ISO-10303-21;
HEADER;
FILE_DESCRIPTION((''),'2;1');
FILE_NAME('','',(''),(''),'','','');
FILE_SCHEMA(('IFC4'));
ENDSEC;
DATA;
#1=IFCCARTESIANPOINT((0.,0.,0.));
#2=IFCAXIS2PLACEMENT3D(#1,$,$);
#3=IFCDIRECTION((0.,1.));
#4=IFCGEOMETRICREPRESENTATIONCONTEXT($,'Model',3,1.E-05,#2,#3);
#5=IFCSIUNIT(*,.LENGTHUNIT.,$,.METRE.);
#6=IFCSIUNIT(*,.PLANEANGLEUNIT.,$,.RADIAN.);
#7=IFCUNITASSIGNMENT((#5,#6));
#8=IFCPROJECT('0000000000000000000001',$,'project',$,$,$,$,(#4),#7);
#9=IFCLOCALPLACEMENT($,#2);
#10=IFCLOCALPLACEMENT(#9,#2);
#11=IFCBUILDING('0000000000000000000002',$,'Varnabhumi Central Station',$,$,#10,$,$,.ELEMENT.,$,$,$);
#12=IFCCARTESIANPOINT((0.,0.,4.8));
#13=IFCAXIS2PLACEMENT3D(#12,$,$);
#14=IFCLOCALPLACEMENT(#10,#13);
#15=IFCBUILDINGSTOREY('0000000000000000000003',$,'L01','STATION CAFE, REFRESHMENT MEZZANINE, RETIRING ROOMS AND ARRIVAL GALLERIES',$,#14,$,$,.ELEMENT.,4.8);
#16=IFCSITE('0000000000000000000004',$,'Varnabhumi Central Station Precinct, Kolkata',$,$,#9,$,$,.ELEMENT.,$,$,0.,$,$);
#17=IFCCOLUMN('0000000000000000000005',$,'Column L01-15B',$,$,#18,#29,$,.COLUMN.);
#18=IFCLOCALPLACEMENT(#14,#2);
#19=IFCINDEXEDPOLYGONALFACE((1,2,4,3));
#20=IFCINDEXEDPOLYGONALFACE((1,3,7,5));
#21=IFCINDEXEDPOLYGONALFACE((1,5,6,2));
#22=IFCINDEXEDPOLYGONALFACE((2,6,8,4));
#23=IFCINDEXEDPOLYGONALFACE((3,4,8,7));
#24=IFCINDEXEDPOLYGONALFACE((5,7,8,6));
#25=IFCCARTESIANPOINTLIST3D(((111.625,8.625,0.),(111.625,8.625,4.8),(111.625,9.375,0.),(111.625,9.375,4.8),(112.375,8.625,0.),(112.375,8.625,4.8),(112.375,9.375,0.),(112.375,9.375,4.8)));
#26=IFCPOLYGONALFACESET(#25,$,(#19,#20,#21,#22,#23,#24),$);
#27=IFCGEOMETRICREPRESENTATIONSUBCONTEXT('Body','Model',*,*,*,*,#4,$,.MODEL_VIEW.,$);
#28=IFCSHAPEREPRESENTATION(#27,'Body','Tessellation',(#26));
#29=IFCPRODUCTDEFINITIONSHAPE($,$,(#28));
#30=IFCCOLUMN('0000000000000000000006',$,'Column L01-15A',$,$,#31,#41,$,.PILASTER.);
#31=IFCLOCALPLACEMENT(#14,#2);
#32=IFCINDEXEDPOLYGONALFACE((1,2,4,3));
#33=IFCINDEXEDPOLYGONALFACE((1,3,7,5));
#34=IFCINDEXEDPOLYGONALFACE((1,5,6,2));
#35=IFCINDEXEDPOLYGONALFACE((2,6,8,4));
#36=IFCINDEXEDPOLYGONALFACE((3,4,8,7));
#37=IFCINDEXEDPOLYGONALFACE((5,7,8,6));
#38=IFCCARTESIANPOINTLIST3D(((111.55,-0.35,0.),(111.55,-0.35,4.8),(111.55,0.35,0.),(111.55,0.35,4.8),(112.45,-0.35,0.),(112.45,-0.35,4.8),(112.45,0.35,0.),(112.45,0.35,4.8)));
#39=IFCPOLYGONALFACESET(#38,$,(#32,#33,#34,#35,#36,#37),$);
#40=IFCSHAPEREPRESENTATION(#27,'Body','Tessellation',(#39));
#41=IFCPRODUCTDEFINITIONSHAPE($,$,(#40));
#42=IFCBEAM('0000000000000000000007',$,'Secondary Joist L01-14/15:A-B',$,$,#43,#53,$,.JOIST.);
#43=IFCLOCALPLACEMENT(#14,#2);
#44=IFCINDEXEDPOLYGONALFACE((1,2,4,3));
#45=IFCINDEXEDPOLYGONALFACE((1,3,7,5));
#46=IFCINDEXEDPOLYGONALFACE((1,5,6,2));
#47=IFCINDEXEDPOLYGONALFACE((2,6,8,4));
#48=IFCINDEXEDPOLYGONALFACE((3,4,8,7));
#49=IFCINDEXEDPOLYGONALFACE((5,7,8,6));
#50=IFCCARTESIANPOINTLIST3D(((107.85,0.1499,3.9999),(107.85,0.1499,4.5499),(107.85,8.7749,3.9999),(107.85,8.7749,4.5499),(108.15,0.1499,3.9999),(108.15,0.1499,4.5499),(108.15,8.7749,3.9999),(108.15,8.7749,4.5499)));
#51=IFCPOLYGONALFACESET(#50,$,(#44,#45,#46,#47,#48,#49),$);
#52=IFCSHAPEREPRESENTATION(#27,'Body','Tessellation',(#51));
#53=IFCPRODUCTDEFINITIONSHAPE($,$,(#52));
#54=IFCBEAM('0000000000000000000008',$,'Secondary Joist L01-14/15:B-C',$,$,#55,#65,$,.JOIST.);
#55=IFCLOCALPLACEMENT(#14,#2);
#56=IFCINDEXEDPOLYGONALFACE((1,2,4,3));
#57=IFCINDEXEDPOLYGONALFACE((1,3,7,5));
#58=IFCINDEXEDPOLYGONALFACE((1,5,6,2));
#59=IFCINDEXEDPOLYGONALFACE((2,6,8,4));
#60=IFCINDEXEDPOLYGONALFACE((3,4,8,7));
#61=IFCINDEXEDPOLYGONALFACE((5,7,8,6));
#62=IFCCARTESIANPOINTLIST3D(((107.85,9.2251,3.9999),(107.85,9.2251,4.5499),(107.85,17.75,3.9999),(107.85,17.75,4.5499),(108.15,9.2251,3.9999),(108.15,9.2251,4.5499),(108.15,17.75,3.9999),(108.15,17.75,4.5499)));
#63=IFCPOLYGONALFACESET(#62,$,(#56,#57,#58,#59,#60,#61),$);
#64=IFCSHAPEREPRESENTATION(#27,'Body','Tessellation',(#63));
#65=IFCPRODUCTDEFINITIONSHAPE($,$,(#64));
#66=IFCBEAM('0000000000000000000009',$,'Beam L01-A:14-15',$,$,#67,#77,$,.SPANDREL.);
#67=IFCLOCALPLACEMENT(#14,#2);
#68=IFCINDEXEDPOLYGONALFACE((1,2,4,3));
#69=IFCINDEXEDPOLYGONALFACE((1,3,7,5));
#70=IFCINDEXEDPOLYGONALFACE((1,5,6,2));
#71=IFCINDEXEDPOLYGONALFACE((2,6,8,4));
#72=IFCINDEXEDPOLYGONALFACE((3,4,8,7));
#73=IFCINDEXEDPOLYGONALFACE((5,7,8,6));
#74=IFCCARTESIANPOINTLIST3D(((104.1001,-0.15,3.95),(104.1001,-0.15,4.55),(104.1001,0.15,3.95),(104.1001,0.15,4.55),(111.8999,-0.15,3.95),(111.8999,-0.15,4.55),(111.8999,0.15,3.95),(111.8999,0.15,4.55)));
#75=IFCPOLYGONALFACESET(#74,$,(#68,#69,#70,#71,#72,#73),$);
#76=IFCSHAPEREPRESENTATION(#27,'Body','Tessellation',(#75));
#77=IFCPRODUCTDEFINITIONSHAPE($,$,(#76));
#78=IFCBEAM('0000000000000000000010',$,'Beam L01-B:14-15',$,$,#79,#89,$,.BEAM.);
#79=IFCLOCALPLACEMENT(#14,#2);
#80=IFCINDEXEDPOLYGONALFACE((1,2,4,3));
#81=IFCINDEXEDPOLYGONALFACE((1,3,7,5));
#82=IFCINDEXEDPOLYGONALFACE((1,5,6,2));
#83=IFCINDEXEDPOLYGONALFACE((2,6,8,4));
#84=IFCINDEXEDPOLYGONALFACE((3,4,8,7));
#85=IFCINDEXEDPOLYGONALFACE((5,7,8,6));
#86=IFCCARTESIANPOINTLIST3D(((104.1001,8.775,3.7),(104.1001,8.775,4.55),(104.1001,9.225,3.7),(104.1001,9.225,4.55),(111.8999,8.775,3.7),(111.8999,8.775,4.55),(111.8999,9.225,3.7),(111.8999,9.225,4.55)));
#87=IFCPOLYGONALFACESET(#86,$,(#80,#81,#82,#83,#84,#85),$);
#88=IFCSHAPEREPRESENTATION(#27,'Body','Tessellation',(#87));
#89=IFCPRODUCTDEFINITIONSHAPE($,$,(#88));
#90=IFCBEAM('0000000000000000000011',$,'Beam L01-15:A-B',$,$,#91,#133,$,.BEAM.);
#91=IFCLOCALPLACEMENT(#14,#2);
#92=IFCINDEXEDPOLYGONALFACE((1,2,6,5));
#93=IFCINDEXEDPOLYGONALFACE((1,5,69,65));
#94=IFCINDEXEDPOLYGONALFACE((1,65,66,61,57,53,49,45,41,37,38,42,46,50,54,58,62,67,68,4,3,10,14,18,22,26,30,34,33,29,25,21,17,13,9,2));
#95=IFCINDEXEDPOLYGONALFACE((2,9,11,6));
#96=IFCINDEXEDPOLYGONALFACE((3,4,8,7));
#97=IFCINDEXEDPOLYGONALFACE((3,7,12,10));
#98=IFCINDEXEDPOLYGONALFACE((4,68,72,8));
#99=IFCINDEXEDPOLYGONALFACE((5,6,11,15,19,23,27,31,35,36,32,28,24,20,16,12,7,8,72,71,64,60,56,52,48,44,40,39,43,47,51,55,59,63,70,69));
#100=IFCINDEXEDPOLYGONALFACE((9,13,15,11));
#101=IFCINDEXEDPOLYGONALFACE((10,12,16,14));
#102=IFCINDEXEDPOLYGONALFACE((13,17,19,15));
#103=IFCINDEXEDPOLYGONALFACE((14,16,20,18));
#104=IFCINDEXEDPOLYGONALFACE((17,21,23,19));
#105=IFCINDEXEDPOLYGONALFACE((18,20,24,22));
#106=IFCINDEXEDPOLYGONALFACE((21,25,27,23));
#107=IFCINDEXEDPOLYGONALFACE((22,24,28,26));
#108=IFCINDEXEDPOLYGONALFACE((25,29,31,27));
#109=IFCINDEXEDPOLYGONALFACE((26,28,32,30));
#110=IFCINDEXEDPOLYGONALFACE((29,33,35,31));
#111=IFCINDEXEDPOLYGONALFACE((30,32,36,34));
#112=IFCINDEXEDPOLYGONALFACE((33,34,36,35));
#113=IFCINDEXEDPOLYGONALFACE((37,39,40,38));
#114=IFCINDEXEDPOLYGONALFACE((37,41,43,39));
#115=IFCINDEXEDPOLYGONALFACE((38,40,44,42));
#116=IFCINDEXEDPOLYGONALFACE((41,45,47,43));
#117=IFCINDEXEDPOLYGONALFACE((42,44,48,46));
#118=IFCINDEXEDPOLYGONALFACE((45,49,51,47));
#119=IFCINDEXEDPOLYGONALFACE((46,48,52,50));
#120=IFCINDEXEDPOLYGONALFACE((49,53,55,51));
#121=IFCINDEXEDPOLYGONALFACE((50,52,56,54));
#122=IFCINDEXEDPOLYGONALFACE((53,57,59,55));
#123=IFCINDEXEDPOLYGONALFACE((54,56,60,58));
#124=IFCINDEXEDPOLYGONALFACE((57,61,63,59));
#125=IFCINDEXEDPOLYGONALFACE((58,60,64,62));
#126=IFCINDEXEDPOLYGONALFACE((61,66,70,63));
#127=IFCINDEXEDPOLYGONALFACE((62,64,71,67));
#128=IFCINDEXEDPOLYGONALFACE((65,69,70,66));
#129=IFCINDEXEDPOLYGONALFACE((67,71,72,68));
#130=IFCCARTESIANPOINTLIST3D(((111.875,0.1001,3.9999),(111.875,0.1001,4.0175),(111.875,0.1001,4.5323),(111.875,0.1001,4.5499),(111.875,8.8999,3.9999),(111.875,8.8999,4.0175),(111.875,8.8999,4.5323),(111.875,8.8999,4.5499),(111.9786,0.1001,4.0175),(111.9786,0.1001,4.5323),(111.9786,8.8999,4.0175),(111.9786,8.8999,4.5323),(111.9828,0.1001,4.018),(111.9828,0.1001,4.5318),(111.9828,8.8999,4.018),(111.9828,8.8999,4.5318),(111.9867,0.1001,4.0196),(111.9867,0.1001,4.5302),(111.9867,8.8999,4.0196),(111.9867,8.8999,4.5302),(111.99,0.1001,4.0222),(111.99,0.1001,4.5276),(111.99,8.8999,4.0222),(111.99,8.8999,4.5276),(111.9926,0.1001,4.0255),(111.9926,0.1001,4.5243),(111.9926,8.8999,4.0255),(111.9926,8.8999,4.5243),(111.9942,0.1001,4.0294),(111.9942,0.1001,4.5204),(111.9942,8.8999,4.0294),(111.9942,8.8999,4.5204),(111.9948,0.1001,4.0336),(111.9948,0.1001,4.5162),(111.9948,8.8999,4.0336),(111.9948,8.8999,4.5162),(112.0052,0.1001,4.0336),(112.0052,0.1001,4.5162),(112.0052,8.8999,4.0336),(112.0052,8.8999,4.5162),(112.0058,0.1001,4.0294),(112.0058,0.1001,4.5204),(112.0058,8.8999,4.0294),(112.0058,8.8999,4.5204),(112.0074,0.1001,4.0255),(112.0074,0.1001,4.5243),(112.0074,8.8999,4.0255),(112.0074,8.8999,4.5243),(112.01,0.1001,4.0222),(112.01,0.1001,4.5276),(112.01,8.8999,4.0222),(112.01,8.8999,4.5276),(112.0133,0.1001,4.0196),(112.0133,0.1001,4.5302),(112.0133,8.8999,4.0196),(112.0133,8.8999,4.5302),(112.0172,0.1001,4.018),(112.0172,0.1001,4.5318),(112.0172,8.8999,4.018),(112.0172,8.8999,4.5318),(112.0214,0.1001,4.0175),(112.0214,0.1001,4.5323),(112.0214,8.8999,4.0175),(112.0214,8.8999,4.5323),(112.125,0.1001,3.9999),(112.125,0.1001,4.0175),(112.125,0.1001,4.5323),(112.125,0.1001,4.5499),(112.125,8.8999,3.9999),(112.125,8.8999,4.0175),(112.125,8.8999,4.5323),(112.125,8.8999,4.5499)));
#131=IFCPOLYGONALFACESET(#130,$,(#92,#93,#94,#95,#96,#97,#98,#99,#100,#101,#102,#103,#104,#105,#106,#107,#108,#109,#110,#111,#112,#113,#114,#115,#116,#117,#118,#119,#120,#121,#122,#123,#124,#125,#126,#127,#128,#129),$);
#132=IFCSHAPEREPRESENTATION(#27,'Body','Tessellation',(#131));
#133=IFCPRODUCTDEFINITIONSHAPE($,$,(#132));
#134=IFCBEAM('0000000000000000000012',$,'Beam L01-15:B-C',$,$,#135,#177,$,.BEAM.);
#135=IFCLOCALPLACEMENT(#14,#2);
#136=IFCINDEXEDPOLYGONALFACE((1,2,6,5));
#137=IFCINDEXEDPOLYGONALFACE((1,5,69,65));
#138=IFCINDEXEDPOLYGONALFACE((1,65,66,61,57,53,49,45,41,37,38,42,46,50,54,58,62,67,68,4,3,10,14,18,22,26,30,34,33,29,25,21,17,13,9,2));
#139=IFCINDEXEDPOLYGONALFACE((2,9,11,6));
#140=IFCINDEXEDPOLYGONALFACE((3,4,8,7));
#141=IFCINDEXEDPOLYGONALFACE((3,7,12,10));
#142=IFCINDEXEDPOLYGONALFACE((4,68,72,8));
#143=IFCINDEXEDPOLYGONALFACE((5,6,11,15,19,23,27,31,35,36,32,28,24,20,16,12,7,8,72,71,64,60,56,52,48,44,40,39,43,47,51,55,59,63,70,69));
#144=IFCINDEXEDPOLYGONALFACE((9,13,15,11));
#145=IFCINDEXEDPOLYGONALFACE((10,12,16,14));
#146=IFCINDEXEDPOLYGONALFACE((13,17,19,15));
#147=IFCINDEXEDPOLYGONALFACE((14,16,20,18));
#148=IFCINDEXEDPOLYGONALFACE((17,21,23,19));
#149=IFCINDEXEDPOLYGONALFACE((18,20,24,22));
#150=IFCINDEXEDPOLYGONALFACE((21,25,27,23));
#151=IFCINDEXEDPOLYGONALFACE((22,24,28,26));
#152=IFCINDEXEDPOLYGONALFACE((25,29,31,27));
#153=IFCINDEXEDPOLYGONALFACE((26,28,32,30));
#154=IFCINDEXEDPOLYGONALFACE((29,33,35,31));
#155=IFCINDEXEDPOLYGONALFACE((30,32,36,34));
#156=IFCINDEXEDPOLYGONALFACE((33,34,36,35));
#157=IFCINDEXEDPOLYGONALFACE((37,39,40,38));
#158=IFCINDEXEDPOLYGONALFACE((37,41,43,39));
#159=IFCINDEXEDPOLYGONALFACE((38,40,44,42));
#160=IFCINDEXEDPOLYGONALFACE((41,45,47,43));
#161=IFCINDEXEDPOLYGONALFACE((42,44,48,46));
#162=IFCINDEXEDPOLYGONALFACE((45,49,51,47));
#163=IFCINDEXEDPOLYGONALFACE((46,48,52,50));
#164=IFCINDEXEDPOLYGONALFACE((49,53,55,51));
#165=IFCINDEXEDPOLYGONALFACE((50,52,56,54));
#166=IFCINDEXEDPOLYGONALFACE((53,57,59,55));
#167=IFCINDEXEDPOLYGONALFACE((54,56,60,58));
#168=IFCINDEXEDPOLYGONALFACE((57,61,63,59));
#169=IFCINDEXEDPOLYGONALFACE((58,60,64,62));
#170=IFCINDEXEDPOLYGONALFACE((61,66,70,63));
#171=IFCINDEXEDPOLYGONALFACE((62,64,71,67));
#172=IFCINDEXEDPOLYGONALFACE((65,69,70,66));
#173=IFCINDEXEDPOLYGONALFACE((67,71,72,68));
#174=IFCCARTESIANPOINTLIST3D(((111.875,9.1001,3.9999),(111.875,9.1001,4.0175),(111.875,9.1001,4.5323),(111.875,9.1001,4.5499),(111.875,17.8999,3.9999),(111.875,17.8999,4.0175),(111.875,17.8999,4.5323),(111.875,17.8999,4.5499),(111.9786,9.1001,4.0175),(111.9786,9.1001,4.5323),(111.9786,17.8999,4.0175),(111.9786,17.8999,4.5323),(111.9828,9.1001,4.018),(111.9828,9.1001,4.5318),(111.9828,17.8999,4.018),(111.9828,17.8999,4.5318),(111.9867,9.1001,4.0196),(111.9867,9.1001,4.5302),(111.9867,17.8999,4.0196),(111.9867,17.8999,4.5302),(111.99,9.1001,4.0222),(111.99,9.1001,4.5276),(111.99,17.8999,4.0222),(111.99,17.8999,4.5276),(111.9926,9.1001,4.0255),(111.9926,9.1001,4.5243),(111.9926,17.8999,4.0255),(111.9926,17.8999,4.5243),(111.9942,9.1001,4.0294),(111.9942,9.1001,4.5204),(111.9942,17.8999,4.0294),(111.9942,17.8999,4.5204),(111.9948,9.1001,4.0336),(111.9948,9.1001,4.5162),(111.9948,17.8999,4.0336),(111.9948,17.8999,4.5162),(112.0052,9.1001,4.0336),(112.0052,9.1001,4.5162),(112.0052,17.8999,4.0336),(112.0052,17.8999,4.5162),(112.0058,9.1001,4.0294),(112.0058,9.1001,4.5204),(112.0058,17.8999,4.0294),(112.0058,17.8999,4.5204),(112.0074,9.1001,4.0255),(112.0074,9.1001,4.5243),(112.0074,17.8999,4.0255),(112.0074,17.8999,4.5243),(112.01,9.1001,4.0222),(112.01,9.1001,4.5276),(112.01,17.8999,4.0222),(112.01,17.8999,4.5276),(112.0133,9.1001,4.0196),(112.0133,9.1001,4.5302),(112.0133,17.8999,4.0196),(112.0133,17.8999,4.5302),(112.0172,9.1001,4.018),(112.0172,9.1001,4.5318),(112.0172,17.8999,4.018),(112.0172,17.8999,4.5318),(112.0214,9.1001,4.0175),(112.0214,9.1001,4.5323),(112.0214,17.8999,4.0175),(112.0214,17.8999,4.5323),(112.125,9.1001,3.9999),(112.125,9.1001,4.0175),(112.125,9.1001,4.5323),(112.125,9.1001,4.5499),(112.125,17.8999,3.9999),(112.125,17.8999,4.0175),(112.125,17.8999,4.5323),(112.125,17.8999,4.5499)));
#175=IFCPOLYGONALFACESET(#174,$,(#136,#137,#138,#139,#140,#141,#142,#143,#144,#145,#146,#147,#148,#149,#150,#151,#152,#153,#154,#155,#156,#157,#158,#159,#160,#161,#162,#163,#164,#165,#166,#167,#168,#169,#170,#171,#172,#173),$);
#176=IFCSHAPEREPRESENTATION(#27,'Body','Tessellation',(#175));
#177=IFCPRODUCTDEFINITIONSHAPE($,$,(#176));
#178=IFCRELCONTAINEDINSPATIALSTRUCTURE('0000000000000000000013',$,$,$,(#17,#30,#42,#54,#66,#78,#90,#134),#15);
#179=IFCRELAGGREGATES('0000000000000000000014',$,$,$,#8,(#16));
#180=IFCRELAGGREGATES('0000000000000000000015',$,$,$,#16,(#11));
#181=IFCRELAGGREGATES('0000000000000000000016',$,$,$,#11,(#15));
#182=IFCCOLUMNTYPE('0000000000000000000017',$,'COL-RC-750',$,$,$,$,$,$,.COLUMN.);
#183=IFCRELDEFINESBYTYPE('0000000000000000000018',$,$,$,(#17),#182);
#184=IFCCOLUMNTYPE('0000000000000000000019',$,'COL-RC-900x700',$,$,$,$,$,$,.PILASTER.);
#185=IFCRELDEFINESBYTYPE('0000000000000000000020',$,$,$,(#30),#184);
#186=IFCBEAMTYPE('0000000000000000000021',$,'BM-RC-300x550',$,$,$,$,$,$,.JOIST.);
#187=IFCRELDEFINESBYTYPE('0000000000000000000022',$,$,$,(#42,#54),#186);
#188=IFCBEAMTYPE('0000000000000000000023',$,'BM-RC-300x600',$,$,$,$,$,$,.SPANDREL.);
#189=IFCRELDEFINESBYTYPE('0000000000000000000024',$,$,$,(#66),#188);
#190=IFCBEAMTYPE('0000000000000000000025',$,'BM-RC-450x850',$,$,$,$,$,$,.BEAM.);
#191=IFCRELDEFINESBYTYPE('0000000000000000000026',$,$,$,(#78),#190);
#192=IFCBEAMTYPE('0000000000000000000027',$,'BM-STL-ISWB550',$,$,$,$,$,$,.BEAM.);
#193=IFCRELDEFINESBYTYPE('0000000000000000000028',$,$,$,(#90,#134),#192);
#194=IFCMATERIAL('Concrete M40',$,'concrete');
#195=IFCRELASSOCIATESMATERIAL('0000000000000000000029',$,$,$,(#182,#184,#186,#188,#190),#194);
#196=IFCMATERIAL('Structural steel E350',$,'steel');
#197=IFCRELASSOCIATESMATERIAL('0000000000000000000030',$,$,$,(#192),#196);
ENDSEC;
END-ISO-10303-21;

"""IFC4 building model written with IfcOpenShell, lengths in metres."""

from ifc_helpers import new_model, si_unit, direction, frame, origin, origin_2d, place, context, subcontext, project, spatial, rectangle, i_section, extrude, material, material_profile, profile_set, type_object, element, save


model = new_model("IFC4")

# Units and contexts
model_context = context("Model", 3, precision=1e-05, world=origin(), true_north=direction((0.0, 1.0)))
body_context = subcontext(model_context, "Body", "Model", "MODEL_VIEW")
ifc_project = project(units=[si_unit("LENGTHUNIT", "METRE"), si_unit("PLANEANGLEUNIT", "RADIAN")], contexts=[model_context])

# Site, building, storey
site_placement = place(None, origin())
site = spatial("IfcSite", under=ifc_project, at=site_placement, Name="Varnabhumi Central Station Precinct, Kolkata", CompositionType="ELEMENT", RefElevation=0.0)
building_placement = place(site_placement, origin())
building = spatial("IfcBuilding", under=site, at=building_placement, Name="Varnabhumi Central Station", CompositionType="ELEMENT")
storey_placement = place(building_placement, frame((0.0, 0.0, 4.8)))
storey = spatial("IfcBuildingStorey", under=building, at=storey_placement, Name="L01", Description="STATION CAFE, REFRESHMENT MEZZANINE, RETIRING ROOMS AND ARRIVAL GALLERIES", CompositionType="ELEMENT", Elevation=4.8)

# Columns
ifc_material_1 = material(Name="Concrete M40", Category="concrete")
ifc_material_profile_1 = material_profile(ifc_material_1, rectangle(XDim=0.75, YDim=0.75, at=origin_2d()), Name="Concrete M40", Category="concrete")
ifc_profile_set_1 = profile_set([ifc_material_profile_1], Name="Concrete M40")
column_type_1 = type_object("IfcColumnType", Name="COL-RC-750", PredefinedType="COLUMN", material=ifc_profile_set_1)
column_1_placement = place(storey_placement, frame((112.0, 9.0, 0.0), z_axis=(0.0, 0.0, 1.0), x_axis=(1.0, 0.0, 0.0)))
element("IfcColumn", 1, at=column_1_placement, inside=storey, type_object=column_type_1, Name="Column L01-15B", PredefinedType="COLUMN", context=body_context, shape_type="SweptSolid", body=[
    extrude(rectangle(XDim=0.75, YDim=0.75, at=origin_2d()), origin(), (0.0, 0.0, 1.0), 4.8),
])
ifc_material_profile_2 = material_profile(ifc_material_1, rectangle(XDim=0.8999, YDim=0.7, at=origin_2d()), Name="Concrete M40", Category="concrete")
ifc_profile_set_2 = profile_set([ifc_material_profile_2], Name="Concrete M40")
column_type_2 = type_object("IfcColumnType", Name="COL-RC-900x700", PredefinedType="PILASTER", material=ifc_profile_set_2)
column_2_placement = place(storey_placement, frame((112.0, 0.0, 0.0), z_axis=(0.0, 0.0, 1.0), x_axis=(1.0, 0.0, 0.0)))
element("IfcColumn", 2, at=column_2_placement, inside=storey, type_object=column_type_2, Name="Column L01-15A", PredefinedType="PILASTER", context=body_context, shape_type="SweptSolid", body=[
    extrude(rectangle(XDim=0.8999, YDim=0.7, at=origin_2d()), origin(), (0.0, 0.0, 1.0), 4.8),
])

# Beams
ifc_material_profile_3 = material_profile(ifc_material_1, rectangle(XDim=0.3, YDim=0.55, at=origin_2d()), Name="Concrete M40", Category="concrete")
ifc_profile_set_3 = profile_set([ifc_material_profile_3], Name="Concrete M40")
beam_type_1 = type_object("IfcBeamType", Name="BM-RC-300x550", PredefinedType="JOIST", material=ifc_profile_set_3)
beam_1_placement = place(storey_placement, frame((108.0, 0.1499, 4.2749), z_axis=(0.0, 1.0, 0.0), x_axis=(-1.0, 0.0, 0.0)))
element("IfcBeam", 3, at=beam_1_placement, inside=storey, type_object=beam_type_1, Name="Secondary Joist L01-14/15:A-B", PredefinedType="JOIST", context=body_context, shape_type="SweptSolid", body=[
    extrude(rectangle(XDim=0.3, YDim=0.55, at=origin_2d()), origin(), (0.0, 0.0, 1.0), 8.625),
])
beam_2_placement = place(storey_placement, frame((108.0, 9.2251, 4.2749), z_axis=(0.0, 1.0, 0.0), x_axis=(-1.0, 0.0, 0.0)))
element("IfcBeam", 4, at=beam_2_placement, inside=storey, type_object=beam_type_1, Name="Secondary Joist L01-14/15:B-C", PredefinedType="JOIST", context=body_context, shape_type="SweptSolid", body=[
    extrude(rectangle(XDim=0.3, YDim=0.55, at=origin_2d()), origin(), (0.0, 0.0, 1.0), 8.5249),
])
ifc_material_profile_4 = material_profile(ifc_material_1, rectangle(XDim=0.3, YDim=0.6001, at=origin_2d()), Name="Concrete M40", Category="concrete")
ifc_profile_set_4 = profile_set([ifc_material_profile_4], Name="Concrete M40")
beam_type_2 = type_object("IfcBeamType", Name="BM-RC-300x600", PredefinedType="SPANDREL", material=ifc_profile_set_4)
beam_3_placement = place(storey_placement, frame((104.1001, 0.0, 4.25), z_axis=(1.0, 0.0, 0.0), x_axis=(0.0, 1.0, 0.0)))
element("IfcBeam", 5, at=beam_3_placement, inside=storey, type_object=beam_type_2, Name="Beam L01-A:14-15", PredefinedType="SPANDREL", context=body_context, shape_type="SweptSolid", body=[
    extrude(rectangle(XDim=0.3, YDim=0.6001, at=origin_2d()), origin(), (0.0, 0.0, 1.0), 7.7998),
])
ifc_material_profile_5 = material_profile(ifc_material_1, rectangle(XDim=0.45, YDim=0.8501, at=origin_2d()), Name="Concrete M40", Category="concrete")
ifc_profile_set_5 = profile_set([ifc_material_profile_5], Name="Concrete M40")
beam_type_3 = type_object("IfcBeamType", Name="BM-RC-450x850", PredefinedType="BEAM", material=ifc_profile_set_5)
beam_4_placement = place(storey_placement, frame((104.1001, 9.0, 4.125), z_axis=(1.0, 0.0, 0.0), x_axis=(0.0, 1.0, 0.0)))
element("IfcBeam", 6, at=beam_4_placement, inside=storey, type_object=beam_type_3, Name="Beam L01-B:14-15", PredefinedType="BEAM", context=body_context, shape_type="SweptSolid", body=[
    extrude(rectangle(XDim=0.45, YDim=0.8501, at=origin_2d()), origin(), (0.0, 0.0, 1.0), 7.7998),
])
ifc_material_2 = material(Name="Structural steel E350", Category="steel")
ifc_material_profile_6 = material_profile(ifc_material_2, i_section(OverallWidth=0.25, OverallDepth=0.55, WebThickness=0.0105, FlangeThickness=0.0176, FilletRadius=0.0161, at=origin_2d()), Name="Structural steel E350", Category="steel")
ifc_profile_set_6 = profile_set([ifc_material_profile_6], Name="Structural steel E350")
beam_type_4 = type_object("IfcBeamType", Name="BM-STL-ISWB550", PredefinedType="BEAM", material=ifc_profile_set_6)
for number, where, z_axis, x_axis, name in (
    (7, (112.0, 0.1001, 4.2749), (0.0, 1.0, 0.0), (-1.0, 0.0, 0.0), "Beam L01-15:A-B"),
    (8, (112.0, 9.1001, 4.2749), (0.0, 1.0, 0.0), (-1.0, 0.0, 0.0), "Beam L01-15:B-C"),
):
    element("IfcBeam", number, at=place(storey_placement, frame(where, z_axis=z_axis, x_axis=x_axis)), inside=storey, type_object=beam_type_4, Name=name, PredefinedType="BEAM", context=body_context, shape_type="SweptSolid", body=[
        extrude(i_section(OverallWidth=0.25, OverallDepth=0.55, WebThickness=0.0105, FlangeThickness=0.0176, FilletRadius=0.0161, at=origin_2d()), origin(), (0.0, 0.0, 1.0), 8.7998),
    ])

save(model, "model.ifc")
